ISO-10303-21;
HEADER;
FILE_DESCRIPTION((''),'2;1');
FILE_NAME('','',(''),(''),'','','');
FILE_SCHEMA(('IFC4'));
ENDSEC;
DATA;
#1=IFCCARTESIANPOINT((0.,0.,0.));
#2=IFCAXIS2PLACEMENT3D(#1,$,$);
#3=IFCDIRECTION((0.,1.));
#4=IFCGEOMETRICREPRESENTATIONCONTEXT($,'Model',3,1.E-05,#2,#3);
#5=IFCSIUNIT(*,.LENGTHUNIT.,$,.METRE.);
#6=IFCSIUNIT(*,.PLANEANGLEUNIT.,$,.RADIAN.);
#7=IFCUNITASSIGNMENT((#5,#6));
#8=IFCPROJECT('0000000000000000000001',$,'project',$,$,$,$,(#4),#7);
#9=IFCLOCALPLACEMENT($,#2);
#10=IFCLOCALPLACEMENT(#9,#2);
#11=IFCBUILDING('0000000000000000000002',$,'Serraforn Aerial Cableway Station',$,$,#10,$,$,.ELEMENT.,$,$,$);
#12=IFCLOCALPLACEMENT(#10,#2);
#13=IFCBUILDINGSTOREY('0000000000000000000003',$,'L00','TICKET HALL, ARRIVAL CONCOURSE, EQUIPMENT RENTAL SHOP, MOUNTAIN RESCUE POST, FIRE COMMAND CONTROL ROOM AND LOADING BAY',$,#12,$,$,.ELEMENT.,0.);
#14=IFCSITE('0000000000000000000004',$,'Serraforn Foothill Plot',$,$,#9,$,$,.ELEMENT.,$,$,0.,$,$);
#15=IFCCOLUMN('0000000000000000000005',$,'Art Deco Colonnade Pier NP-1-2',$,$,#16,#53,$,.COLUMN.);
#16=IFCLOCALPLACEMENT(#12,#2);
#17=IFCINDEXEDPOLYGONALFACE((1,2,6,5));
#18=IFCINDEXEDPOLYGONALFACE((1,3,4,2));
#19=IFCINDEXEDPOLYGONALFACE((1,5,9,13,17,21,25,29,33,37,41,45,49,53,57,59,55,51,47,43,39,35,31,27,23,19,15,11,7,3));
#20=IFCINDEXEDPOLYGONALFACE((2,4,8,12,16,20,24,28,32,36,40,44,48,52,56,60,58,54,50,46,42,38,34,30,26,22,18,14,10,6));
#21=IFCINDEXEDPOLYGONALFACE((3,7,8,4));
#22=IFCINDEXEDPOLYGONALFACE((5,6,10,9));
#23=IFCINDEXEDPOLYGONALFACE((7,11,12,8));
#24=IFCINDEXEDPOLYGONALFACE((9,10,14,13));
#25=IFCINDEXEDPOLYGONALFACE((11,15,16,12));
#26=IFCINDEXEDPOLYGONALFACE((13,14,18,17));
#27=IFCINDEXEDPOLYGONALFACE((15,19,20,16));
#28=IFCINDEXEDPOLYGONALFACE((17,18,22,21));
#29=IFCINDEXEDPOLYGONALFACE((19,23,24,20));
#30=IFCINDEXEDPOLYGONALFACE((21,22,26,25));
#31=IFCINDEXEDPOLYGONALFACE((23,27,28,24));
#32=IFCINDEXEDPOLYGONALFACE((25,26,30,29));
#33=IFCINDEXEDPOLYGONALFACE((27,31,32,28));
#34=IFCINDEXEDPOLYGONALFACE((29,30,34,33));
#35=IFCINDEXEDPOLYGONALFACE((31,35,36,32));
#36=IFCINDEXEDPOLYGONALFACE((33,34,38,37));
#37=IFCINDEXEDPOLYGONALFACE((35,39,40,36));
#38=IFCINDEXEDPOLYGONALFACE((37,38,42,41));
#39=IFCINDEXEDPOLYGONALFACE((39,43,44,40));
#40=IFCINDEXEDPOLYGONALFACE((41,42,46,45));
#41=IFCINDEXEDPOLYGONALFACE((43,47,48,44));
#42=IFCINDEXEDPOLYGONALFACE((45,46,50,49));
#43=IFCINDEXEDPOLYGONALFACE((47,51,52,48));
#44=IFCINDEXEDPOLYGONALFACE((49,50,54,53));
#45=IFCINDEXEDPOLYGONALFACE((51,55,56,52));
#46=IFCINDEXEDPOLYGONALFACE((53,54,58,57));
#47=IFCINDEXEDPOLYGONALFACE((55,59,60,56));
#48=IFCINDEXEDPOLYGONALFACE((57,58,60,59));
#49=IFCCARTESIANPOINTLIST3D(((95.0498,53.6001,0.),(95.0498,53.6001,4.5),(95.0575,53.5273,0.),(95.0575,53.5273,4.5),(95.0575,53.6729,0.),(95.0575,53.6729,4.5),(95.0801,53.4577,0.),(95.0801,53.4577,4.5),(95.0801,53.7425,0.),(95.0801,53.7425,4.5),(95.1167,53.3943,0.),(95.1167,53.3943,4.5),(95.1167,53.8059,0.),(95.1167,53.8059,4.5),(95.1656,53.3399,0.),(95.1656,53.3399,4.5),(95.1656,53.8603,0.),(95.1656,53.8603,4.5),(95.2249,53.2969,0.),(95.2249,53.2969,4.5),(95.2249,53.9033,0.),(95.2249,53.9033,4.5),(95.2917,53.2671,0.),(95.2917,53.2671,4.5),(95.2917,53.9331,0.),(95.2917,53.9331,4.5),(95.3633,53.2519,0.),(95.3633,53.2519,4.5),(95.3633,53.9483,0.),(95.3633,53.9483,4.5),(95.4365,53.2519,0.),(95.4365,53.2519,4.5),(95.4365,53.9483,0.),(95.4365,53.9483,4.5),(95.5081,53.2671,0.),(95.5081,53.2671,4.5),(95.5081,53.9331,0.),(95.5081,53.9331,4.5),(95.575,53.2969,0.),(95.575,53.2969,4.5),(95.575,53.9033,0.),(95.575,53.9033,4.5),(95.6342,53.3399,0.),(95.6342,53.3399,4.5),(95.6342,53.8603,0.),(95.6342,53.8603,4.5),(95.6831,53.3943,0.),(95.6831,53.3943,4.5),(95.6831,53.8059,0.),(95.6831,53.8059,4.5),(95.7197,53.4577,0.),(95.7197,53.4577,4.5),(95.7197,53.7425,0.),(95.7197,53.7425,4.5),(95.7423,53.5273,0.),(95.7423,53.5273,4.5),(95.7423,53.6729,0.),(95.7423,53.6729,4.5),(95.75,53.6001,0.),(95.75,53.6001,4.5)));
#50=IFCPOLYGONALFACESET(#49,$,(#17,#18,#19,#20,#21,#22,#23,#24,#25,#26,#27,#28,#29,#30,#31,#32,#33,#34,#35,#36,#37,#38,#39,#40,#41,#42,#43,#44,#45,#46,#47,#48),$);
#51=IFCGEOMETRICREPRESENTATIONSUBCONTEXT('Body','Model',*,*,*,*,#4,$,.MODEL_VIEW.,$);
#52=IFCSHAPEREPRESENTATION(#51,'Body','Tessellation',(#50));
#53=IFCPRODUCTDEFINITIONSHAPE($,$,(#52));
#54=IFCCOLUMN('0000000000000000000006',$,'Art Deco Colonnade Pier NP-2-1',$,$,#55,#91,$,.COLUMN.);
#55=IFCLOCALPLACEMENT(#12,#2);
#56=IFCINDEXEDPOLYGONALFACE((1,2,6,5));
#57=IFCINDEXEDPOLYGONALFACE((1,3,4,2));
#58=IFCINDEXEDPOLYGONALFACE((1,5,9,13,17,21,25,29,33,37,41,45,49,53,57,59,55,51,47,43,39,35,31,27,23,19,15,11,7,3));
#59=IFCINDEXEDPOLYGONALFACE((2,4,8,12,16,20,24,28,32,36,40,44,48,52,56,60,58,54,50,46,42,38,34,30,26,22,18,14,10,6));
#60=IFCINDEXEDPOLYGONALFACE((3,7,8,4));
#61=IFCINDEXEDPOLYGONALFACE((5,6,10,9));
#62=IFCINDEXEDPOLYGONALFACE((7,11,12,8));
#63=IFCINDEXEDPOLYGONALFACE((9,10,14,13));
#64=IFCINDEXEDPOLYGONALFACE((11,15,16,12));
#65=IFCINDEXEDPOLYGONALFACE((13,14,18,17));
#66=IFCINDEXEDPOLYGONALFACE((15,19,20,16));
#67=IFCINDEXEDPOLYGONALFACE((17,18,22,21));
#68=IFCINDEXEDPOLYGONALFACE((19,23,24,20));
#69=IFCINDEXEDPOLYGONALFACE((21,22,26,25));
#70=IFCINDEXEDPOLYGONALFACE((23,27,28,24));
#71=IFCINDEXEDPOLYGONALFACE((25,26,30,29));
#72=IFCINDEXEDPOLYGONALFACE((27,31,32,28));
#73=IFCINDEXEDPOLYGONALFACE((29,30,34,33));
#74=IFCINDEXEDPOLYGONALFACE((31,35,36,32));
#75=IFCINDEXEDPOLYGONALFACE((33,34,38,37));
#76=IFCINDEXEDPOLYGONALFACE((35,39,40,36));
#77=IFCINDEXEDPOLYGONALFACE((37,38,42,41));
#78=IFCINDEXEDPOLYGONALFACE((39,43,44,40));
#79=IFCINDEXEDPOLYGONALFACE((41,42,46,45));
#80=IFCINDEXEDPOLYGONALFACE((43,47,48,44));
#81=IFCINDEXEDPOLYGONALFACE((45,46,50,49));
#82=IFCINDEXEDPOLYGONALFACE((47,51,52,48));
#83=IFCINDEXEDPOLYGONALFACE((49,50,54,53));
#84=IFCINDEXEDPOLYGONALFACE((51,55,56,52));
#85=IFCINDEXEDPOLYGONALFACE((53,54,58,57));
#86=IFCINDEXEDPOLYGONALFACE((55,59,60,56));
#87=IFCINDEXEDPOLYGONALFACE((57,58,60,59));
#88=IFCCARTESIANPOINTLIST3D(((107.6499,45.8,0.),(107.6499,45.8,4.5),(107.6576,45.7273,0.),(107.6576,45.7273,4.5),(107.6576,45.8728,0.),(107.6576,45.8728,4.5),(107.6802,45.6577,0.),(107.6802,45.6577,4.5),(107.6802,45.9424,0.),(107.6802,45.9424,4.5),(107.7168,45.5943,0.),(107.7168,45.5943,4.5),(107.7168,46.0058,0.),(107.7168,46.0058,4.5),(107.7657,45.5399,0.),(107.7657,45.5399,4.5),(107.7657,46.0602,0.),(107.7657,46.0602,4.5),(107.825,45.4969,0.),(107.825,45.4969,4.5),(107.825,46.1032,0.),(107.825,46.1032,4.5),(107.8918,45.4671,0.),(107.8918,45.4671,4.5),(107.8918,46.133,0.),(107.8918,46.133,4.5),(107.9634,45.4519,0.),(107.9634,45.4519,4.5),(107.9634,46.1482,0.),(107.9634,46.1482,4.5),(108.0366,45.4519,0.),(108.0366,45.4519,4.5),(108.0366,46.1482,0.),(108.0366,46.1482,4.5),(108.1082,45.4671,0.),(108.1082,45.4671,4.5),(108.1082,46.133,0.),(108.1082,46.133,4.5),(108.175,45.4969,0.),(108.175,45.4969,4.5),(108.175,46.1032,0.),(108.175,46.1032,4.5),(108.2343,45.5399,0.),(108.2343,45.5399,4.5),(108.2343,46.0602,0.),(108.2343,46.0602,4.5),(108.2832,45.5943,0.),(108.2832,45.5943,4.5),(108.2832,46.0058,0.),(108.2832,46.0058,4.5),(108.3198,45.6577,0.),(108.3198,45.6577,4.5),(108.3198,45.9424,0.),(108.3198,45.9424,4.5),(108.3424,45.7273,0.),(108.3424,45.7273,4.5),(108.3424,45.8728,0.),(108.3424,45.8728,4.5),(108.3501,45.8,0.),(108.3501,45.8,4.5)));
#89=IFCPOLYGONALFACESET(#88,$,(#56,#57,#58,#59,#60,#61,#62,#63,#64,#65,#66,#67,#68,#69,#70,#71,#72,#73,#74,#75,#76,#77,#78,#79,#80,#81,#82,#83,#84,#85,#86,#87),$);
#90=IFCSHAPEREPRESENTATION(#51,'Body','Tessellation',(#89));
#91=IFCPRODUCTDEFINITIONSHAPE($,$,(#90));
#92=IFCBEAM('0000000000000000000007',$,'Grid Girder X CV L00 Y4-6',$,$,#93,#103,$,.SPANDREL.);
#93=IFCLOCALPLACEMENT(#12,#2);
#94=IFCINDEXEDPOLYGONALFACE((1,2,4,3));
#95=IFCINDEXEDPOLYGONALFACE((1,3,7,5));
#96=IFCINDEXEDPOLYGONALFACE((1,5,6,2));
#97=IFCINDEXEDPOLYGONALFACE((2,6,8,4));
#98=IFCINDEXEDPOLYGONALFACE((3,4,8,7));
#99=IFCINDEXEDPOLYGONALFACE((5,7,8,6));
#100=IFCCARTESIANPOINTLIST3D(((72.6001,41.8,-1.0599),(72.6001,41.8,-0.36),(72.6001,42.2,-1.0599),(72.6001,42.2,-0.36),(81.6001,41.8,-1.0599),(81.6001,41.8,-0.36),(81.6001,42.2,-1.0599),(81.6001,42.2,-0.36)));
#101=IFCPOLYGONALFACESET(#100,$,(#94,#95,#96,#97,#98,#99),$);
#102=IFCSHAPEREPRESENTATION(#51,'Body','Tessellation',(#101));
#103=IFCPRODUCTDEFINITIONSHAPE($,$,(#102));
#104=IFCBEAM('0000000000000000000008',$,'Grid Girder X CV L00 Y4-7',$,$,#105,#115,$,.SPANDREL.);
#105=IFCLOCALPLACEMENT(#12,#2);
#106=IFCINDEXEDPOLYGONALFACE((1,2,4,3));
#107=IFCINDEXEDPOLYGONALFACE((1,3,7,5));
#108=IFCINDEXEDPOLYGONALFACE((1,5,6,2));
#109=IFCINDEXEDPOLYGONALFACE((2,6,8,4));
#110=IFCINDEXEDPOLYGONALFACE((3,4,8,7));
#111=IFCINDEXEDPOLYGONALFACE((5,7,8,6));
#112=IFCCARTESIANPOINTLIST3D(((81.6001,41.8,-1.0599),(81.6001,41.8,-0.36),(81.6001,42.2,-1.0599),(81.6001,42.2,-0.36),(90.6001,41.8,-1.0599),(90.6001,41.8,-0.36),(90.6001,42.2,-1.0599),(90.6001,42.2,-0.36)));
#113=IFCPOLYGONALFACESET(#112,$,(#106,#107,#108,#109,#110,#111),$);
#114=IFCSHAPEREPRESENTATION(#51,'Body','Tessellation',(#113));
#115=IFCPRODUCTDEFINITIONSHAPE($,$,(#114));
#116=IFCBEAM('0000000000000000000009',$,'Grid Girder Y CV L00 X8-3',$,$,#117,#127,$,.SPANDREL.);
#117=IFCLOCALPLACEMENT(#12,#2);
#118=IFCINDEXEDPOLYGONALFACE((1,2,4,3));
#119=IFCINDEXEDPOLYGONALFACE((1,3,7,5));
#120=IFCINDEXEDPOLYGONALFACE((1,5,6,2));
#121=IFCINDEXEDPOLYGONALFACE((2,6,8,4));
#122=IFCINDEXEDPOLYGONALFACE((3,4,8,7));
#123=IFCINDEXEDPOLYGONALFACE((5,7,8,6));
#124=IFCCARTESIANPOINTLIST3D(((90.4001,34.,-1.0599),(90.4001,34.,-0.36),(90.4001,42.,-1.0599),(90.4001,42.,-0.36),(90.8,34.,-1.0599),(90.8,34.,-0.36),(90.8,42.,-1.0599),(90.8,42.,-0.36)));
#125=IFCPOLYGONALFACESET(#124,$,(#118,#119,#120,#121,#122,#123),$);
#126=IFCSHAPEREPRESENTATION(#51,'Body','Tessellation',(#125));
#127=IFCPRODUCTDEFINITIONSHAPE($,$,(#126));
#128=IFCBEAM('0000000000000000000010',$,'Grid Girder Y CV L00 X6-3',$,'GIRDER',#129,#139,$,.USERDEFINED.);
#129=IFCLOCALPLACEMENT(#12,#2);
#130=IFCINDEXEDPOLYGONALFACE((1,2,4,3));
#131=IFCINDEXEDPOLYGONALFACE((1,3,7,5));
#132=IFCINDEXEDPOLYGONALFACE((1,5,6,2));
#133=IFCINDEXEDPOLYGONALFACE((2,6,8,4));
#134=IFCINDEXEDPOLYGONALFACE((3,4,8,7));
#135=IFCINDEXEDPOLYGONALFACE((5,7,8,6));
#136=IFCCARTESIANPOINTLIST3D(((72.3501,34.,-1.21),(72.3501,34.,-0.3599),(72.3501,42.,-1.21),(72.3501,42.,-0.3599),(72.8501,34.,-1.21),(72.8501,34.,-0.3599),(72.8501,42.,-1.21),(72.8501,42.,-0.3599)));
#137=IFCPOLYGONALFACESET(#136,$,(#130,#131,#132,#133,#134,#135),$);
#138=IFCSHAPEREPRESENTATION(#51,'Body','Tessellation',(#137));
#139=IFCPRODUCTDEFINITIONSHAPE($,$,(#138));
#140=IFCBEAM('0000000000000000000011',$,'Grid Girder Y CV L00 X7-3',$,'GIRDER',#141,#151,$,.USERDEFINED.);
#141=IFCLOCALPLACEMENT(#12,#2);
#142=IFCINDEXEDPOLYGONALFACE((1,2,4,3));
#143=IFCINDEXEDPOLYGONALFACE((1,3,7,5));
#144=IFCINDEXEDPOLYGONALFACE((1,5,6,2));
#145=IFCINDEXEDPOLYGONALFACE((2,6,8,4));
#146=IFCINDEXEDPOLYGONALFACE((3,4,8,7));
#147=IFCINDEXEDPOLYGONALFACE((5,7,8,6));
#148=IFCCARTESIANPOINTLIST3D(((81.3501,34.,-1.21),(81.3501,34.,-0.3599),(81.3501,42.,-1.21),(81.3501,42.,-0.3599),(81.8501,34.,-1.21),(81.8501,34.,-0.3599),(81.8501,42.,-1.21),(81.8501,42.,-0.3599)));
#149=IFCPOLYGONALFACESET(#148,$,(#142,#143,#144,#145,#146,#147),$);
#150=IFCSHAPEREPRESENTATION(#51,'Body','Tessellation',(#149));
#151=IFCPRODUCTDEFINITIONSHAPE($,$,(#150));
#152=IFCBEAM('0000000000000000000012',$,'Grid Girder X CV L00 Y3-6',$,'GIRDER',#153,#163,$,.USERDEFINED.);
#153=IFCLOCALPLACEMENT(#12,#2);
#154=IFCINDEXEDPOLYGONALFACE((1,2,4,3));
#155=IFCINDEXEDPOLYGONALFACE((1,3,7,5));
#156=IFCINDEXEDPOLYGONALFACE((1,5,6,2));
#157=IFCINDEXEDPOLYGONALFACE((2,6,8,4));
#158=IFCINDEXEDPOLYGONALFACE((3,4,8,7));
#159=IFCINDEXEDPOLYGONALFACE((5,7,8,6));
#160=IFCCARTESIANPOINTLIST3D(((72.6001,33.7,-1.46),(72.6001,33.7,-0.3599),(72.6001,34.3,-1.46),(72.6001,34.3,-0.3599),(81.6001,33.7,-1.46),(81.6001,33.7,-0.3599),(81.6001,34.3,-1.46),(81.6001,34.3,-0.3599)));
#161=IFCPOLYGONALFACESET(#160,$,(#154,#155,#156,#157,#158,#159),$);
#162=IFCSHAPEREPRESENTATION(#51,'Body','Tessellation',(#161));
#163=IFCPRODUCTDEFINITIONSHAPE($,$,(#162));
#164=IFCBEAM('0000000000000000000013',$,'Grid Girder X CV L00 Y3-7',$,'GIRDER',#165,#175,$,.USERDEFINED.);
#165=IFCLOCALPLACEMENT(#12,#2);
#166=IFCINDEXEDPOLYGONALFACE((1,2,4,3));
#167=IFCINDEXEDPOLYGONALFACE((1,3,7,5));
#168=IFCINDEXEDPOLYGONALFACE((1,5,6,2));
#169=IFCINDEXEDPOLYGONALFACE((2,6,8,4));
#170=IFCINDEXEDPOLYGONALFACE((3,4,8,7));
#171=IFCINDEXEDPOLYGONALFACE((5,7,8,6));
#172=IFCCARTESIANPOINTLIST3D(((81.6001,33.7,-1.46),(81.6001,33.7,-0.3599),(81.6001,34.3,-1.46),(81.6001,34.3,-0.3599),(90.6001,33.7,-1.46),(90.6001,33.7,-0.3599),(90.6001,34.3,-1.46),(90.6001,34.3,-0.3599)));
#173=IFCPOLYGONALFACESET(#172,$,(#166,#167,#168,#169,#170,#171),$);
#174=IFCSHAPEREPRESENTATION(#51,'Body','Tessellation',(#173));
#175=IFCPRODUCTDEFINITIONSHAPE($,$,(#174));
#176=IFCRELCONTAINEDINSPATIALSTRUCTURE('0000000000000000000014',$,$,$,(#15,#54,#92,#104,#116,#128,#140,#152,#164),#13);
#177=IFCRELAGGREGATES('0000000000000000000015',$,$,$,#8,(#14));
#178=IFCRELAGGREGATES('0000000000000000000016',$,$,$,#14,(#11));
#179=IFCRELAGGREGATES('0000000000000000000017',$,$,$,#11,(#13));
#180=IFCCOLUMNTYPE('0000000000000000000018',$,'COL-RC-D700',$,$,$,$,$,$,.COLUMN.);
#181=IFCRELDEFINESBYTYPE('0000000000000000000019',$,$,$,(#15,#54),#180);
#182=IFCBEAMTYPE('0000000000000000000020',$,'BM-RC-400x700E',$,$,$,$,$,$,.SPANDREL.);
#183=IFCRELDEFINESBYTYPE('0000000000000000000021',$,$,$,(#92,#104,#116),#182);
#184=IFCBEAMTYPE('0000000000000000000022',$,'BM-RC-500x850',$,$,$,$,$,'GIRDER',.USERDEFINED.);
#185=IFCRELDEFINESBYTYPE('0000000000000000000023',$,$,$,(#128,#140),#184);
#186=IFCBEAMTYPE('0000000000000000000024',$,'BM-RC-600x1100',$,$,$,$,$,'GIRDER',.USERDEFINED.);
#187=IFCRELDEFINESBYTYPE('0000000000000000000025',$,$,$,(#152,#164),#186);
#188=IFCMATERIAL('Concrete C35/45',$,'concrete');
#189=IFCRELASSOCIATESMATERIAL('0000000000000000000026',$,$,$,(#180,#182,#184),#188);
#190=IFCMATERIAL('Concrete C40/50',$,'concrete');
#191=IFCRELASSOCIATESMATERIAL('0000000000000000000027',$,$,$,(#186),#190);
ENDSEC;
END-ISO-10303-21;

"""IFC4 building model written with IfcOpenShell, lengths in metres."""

from ifc_helpers import new_model, si_unit, direction, frame, origin, origin_2d, place, context, subcontext, project, spatial, rectangle, circle, extrude, material, material_profile, profile_set, type_object, element, save


model = new_model("IFC4")

# Units and contexts
model_context = context("Model", 3, precision=1e-05, world=origin(), true_north=direction((0.0, 1.0)))
body_context = subcontext(model_context, "Body", "Model", "MODEL_VIEW")
ifc_project = project(units=[si_unit("LENGTHUNIT", "METRE"), si_unit("PLANEANGLEUNIT", "RADIAN")], contexts=[model_context])

# Site, building, storey
site_placement = place(None, origin())
site = spatial("IfcSite", under=ifc_project, at=site_placement, Name="Serraforn Foothill Plot", CompositionType="ELEMENT", RefElevation=0.0)
building_placement = place(site_placement, origin())
building = spatial("IfcBuilding", under=site, at=building_placement, Name="Serraforn Aerial Cableway Station", CompositionType="ELEMENT")
storey_placement = place(building_placement, origin())
storey = spatial("IfcBuildingStorey", under=building, at=storey_placement, Name="L00", Description="TICKET HALL, ARRIVAL CONCOURSE, EQUIPMENT RENTAL SHOP, MOUNTAIN RESCUE POST, FIRE COMMAND CONTROL ROOM AND LOADING BAY", CompositionType="ELEMENT", Elevation=0.0)

# Shared definitions
ifc_material_1 = material(Name="Concrete C35/45", Category="concrete")

# Columns
ifc_material_2 = material(Name="Concrete C40/50", Category="concrete")
ifc_material_profile_1 = material_profile(ifc_material_1, circle(Radius=0.3501, at=origin_2d()), Name="RC D700")
ifc_profile_set_1 = profile_set([ifc_material_profile_1], Name="Concrete C35/45")
column_type_1 = type_object("IfcColumnType", Name="COL-RC-D700", PredefinedType="COLUMN", material=ifc_profile_set_1)
for number, where, z_axis, x_axis, name in (
    (1, (95.3999, 53.6001, 0.0), (0.0, 0.0, 1.0), (1.0, 0.0, 0.0), "Art Deco Colonnade Pier NP-1-2"),
    (2, (108.0, 45.8, 0.0), (0.0, 0.0, 1.0), (1.0, 0.0, 0.0), "Art Deco Colonnade Pier NP-2-1"),
):
    element("IfcColumn", number, at=place(storey_placement, frame(where, z_axis=z_axis, x_axis=x_axis)), inside=storey, type_object=column_type_1, Name=name, PredefinedType="COLUMN", context=body_context, shape_type="SweptSolid", body=[
        extrude(circle(Radius=0.3501, at=origin_2d()), origin(), (0.0, 0.0, 1.0), 4.5),
    ])

# Beams
ifc_material_profile_2 = material_profile(ifc_material_1, rectangle(XDim=0.3999, YDim=0.7, at=origin_2d()), Name="RC 400x700")
ifc_profile_set_2 = profile_set([ifc_material_profile_2], Name="Concrete C35/45")
beam_type_1 = type_object("IfcBeamType", Name="BM-RC-400x700E", PredefinedType="SPANDREL", material=ifc_profile_set_2)
for number, where, z_axis, x_axis, name in (
    (3, (72.6001, 42.0, -0.71), (1.0, 0.0, 0.0), (0.0, 1.0, 0.0), "Grid Girder X CV L00 Y4-6"),
    (4, (81.6001, 42.0, -0.71), (1.0, 0.0, 0.0), (0.0, 1.0, 0.0), "Grid Girder X CV L00 Y4-7"),
):
    element("IfcBeam", number, at=place(storey_placement, frame(where, z_axis=z_axis, x_axis=x_axis)), inside=storey, type_object=beam_type_1, Name=name, PredefinedType="SPANDREL", context=body_context, shape_type="SweptSolid", body=[
        extrude(rectangle(XDim=0.3999, YDim=0.7, at=origin_2d()), origin(), (0.0, 0.0, 1.0), 9.0),
    ])
beam_placement = place(storey_placement, frame((90.6001, 34.0, -0.71), z_axis=(0.0, 1.0, 0.0), x_axis=(-1.0, 0.0, 0.0)))
element("IfcBeam", 5, at=beam_placement, inside=storey, type_object=beam_type_1, Name="Grid Girder Y CV L00 X8-3", PredefinedType="SPANDREL", context=body_context, shape_type="SweptSolid", body=[
    extrude(rectangle(XDim=0.3999, YDim=0.7, at=origin_2d()), origin(), (0.0, 0.0, 1.0), 8.0),
])
ifc_material_profile_3 = material_profile(ifc_material_1, rectangle(XDim=0.5, YDim=0.8501, at=origin_2d()), Name="RC 500x850")
ifc_profile_set_3 = profile_set([ifc_material_profile_3], Name="Concrete C35/45")
beam_type_2 = type_object("IfcBeamType", Name="BM-RC-500x850", ElementType="GIRDER", PredefinedType="USERDEFINED", material=ifc_profile_set_3)
for number, where, z_axis, x_axis, name in (
    (6, (72.6001, 34.0, -0.7849), (0.0, 1.0, 0.0), (-1.0, 0.0, 0.0), "Grid Girder Y CV L00 X6-3"),
    (7, (81.6001, 34.0, -0.7849), (0.0, 1.0, 0.0), (-1.0, 0.0, 0.0), "Grid Girder Y CV L00 X7-3"),
):
    element("IfcBeam", number, at=place(storey_placement, frame(where, z_axis=z_axis, x_axis=x_axis)), inside=storey, type_object=beam_type_2, Name=name, ObjectType="GIRDER", PredefinedType="USERDEFINED", context=body_context, shape_type="SweptSolid", body=[
        extrude(rectangle(XDim=0.5, YDim=0.8501, at=origin_2d()), origin(), (0.0, 0.0, 1.0), 8.0),
    ])
ifc_material_profile_4 = material_profile(ifc_material_2, rectangle(XDim=0.6001, YDim=1.1001, at=origin_2d()), Name="RC 600x1100")
ifc_profile_set_4 = profile_set([ifc_material_profile_4], Name="Concrete C40/50")
beam_type_3 = type_object("IfcBeamType", Name="BM-RC-600x1100", ElementType="GIRDER", PredefinedType="USERDEFINED", material=ifc_profile_set_4)
for number, where, z_axis, x_axis, name in (
    (8, (72.6001, 34.0, -0.9099), (1.0, 0.0, 0.0), (0.0, 1.0, 0.0), "Grid Girder X CV L00 Y3-6"),
    (9, (81.6001, 34.0, -0.9099), (1.0, 0.0, 0.0), (0.0, 1.0, 0.0), "Grid Girder X CV L00 Y3-7"),
):
    element("IfcBeam", number, at=place(storey_placement, frame(where, z_axis=z_axis, x_axis=x_axis)), inside=storey, type_object=beam_type_3, Name=name, ObjectType="GIRDER", PredefinedType="USERDEFINED", context=body_context, shape_type="SweptSolid", body=[
        extrude(rectangle(XDim=0.6001, YDim=1.1001, at=origin_2d()), origin(), (0.0, 0.0, 1.0), 9.0),
    ])

save(model, "model.ifc")
